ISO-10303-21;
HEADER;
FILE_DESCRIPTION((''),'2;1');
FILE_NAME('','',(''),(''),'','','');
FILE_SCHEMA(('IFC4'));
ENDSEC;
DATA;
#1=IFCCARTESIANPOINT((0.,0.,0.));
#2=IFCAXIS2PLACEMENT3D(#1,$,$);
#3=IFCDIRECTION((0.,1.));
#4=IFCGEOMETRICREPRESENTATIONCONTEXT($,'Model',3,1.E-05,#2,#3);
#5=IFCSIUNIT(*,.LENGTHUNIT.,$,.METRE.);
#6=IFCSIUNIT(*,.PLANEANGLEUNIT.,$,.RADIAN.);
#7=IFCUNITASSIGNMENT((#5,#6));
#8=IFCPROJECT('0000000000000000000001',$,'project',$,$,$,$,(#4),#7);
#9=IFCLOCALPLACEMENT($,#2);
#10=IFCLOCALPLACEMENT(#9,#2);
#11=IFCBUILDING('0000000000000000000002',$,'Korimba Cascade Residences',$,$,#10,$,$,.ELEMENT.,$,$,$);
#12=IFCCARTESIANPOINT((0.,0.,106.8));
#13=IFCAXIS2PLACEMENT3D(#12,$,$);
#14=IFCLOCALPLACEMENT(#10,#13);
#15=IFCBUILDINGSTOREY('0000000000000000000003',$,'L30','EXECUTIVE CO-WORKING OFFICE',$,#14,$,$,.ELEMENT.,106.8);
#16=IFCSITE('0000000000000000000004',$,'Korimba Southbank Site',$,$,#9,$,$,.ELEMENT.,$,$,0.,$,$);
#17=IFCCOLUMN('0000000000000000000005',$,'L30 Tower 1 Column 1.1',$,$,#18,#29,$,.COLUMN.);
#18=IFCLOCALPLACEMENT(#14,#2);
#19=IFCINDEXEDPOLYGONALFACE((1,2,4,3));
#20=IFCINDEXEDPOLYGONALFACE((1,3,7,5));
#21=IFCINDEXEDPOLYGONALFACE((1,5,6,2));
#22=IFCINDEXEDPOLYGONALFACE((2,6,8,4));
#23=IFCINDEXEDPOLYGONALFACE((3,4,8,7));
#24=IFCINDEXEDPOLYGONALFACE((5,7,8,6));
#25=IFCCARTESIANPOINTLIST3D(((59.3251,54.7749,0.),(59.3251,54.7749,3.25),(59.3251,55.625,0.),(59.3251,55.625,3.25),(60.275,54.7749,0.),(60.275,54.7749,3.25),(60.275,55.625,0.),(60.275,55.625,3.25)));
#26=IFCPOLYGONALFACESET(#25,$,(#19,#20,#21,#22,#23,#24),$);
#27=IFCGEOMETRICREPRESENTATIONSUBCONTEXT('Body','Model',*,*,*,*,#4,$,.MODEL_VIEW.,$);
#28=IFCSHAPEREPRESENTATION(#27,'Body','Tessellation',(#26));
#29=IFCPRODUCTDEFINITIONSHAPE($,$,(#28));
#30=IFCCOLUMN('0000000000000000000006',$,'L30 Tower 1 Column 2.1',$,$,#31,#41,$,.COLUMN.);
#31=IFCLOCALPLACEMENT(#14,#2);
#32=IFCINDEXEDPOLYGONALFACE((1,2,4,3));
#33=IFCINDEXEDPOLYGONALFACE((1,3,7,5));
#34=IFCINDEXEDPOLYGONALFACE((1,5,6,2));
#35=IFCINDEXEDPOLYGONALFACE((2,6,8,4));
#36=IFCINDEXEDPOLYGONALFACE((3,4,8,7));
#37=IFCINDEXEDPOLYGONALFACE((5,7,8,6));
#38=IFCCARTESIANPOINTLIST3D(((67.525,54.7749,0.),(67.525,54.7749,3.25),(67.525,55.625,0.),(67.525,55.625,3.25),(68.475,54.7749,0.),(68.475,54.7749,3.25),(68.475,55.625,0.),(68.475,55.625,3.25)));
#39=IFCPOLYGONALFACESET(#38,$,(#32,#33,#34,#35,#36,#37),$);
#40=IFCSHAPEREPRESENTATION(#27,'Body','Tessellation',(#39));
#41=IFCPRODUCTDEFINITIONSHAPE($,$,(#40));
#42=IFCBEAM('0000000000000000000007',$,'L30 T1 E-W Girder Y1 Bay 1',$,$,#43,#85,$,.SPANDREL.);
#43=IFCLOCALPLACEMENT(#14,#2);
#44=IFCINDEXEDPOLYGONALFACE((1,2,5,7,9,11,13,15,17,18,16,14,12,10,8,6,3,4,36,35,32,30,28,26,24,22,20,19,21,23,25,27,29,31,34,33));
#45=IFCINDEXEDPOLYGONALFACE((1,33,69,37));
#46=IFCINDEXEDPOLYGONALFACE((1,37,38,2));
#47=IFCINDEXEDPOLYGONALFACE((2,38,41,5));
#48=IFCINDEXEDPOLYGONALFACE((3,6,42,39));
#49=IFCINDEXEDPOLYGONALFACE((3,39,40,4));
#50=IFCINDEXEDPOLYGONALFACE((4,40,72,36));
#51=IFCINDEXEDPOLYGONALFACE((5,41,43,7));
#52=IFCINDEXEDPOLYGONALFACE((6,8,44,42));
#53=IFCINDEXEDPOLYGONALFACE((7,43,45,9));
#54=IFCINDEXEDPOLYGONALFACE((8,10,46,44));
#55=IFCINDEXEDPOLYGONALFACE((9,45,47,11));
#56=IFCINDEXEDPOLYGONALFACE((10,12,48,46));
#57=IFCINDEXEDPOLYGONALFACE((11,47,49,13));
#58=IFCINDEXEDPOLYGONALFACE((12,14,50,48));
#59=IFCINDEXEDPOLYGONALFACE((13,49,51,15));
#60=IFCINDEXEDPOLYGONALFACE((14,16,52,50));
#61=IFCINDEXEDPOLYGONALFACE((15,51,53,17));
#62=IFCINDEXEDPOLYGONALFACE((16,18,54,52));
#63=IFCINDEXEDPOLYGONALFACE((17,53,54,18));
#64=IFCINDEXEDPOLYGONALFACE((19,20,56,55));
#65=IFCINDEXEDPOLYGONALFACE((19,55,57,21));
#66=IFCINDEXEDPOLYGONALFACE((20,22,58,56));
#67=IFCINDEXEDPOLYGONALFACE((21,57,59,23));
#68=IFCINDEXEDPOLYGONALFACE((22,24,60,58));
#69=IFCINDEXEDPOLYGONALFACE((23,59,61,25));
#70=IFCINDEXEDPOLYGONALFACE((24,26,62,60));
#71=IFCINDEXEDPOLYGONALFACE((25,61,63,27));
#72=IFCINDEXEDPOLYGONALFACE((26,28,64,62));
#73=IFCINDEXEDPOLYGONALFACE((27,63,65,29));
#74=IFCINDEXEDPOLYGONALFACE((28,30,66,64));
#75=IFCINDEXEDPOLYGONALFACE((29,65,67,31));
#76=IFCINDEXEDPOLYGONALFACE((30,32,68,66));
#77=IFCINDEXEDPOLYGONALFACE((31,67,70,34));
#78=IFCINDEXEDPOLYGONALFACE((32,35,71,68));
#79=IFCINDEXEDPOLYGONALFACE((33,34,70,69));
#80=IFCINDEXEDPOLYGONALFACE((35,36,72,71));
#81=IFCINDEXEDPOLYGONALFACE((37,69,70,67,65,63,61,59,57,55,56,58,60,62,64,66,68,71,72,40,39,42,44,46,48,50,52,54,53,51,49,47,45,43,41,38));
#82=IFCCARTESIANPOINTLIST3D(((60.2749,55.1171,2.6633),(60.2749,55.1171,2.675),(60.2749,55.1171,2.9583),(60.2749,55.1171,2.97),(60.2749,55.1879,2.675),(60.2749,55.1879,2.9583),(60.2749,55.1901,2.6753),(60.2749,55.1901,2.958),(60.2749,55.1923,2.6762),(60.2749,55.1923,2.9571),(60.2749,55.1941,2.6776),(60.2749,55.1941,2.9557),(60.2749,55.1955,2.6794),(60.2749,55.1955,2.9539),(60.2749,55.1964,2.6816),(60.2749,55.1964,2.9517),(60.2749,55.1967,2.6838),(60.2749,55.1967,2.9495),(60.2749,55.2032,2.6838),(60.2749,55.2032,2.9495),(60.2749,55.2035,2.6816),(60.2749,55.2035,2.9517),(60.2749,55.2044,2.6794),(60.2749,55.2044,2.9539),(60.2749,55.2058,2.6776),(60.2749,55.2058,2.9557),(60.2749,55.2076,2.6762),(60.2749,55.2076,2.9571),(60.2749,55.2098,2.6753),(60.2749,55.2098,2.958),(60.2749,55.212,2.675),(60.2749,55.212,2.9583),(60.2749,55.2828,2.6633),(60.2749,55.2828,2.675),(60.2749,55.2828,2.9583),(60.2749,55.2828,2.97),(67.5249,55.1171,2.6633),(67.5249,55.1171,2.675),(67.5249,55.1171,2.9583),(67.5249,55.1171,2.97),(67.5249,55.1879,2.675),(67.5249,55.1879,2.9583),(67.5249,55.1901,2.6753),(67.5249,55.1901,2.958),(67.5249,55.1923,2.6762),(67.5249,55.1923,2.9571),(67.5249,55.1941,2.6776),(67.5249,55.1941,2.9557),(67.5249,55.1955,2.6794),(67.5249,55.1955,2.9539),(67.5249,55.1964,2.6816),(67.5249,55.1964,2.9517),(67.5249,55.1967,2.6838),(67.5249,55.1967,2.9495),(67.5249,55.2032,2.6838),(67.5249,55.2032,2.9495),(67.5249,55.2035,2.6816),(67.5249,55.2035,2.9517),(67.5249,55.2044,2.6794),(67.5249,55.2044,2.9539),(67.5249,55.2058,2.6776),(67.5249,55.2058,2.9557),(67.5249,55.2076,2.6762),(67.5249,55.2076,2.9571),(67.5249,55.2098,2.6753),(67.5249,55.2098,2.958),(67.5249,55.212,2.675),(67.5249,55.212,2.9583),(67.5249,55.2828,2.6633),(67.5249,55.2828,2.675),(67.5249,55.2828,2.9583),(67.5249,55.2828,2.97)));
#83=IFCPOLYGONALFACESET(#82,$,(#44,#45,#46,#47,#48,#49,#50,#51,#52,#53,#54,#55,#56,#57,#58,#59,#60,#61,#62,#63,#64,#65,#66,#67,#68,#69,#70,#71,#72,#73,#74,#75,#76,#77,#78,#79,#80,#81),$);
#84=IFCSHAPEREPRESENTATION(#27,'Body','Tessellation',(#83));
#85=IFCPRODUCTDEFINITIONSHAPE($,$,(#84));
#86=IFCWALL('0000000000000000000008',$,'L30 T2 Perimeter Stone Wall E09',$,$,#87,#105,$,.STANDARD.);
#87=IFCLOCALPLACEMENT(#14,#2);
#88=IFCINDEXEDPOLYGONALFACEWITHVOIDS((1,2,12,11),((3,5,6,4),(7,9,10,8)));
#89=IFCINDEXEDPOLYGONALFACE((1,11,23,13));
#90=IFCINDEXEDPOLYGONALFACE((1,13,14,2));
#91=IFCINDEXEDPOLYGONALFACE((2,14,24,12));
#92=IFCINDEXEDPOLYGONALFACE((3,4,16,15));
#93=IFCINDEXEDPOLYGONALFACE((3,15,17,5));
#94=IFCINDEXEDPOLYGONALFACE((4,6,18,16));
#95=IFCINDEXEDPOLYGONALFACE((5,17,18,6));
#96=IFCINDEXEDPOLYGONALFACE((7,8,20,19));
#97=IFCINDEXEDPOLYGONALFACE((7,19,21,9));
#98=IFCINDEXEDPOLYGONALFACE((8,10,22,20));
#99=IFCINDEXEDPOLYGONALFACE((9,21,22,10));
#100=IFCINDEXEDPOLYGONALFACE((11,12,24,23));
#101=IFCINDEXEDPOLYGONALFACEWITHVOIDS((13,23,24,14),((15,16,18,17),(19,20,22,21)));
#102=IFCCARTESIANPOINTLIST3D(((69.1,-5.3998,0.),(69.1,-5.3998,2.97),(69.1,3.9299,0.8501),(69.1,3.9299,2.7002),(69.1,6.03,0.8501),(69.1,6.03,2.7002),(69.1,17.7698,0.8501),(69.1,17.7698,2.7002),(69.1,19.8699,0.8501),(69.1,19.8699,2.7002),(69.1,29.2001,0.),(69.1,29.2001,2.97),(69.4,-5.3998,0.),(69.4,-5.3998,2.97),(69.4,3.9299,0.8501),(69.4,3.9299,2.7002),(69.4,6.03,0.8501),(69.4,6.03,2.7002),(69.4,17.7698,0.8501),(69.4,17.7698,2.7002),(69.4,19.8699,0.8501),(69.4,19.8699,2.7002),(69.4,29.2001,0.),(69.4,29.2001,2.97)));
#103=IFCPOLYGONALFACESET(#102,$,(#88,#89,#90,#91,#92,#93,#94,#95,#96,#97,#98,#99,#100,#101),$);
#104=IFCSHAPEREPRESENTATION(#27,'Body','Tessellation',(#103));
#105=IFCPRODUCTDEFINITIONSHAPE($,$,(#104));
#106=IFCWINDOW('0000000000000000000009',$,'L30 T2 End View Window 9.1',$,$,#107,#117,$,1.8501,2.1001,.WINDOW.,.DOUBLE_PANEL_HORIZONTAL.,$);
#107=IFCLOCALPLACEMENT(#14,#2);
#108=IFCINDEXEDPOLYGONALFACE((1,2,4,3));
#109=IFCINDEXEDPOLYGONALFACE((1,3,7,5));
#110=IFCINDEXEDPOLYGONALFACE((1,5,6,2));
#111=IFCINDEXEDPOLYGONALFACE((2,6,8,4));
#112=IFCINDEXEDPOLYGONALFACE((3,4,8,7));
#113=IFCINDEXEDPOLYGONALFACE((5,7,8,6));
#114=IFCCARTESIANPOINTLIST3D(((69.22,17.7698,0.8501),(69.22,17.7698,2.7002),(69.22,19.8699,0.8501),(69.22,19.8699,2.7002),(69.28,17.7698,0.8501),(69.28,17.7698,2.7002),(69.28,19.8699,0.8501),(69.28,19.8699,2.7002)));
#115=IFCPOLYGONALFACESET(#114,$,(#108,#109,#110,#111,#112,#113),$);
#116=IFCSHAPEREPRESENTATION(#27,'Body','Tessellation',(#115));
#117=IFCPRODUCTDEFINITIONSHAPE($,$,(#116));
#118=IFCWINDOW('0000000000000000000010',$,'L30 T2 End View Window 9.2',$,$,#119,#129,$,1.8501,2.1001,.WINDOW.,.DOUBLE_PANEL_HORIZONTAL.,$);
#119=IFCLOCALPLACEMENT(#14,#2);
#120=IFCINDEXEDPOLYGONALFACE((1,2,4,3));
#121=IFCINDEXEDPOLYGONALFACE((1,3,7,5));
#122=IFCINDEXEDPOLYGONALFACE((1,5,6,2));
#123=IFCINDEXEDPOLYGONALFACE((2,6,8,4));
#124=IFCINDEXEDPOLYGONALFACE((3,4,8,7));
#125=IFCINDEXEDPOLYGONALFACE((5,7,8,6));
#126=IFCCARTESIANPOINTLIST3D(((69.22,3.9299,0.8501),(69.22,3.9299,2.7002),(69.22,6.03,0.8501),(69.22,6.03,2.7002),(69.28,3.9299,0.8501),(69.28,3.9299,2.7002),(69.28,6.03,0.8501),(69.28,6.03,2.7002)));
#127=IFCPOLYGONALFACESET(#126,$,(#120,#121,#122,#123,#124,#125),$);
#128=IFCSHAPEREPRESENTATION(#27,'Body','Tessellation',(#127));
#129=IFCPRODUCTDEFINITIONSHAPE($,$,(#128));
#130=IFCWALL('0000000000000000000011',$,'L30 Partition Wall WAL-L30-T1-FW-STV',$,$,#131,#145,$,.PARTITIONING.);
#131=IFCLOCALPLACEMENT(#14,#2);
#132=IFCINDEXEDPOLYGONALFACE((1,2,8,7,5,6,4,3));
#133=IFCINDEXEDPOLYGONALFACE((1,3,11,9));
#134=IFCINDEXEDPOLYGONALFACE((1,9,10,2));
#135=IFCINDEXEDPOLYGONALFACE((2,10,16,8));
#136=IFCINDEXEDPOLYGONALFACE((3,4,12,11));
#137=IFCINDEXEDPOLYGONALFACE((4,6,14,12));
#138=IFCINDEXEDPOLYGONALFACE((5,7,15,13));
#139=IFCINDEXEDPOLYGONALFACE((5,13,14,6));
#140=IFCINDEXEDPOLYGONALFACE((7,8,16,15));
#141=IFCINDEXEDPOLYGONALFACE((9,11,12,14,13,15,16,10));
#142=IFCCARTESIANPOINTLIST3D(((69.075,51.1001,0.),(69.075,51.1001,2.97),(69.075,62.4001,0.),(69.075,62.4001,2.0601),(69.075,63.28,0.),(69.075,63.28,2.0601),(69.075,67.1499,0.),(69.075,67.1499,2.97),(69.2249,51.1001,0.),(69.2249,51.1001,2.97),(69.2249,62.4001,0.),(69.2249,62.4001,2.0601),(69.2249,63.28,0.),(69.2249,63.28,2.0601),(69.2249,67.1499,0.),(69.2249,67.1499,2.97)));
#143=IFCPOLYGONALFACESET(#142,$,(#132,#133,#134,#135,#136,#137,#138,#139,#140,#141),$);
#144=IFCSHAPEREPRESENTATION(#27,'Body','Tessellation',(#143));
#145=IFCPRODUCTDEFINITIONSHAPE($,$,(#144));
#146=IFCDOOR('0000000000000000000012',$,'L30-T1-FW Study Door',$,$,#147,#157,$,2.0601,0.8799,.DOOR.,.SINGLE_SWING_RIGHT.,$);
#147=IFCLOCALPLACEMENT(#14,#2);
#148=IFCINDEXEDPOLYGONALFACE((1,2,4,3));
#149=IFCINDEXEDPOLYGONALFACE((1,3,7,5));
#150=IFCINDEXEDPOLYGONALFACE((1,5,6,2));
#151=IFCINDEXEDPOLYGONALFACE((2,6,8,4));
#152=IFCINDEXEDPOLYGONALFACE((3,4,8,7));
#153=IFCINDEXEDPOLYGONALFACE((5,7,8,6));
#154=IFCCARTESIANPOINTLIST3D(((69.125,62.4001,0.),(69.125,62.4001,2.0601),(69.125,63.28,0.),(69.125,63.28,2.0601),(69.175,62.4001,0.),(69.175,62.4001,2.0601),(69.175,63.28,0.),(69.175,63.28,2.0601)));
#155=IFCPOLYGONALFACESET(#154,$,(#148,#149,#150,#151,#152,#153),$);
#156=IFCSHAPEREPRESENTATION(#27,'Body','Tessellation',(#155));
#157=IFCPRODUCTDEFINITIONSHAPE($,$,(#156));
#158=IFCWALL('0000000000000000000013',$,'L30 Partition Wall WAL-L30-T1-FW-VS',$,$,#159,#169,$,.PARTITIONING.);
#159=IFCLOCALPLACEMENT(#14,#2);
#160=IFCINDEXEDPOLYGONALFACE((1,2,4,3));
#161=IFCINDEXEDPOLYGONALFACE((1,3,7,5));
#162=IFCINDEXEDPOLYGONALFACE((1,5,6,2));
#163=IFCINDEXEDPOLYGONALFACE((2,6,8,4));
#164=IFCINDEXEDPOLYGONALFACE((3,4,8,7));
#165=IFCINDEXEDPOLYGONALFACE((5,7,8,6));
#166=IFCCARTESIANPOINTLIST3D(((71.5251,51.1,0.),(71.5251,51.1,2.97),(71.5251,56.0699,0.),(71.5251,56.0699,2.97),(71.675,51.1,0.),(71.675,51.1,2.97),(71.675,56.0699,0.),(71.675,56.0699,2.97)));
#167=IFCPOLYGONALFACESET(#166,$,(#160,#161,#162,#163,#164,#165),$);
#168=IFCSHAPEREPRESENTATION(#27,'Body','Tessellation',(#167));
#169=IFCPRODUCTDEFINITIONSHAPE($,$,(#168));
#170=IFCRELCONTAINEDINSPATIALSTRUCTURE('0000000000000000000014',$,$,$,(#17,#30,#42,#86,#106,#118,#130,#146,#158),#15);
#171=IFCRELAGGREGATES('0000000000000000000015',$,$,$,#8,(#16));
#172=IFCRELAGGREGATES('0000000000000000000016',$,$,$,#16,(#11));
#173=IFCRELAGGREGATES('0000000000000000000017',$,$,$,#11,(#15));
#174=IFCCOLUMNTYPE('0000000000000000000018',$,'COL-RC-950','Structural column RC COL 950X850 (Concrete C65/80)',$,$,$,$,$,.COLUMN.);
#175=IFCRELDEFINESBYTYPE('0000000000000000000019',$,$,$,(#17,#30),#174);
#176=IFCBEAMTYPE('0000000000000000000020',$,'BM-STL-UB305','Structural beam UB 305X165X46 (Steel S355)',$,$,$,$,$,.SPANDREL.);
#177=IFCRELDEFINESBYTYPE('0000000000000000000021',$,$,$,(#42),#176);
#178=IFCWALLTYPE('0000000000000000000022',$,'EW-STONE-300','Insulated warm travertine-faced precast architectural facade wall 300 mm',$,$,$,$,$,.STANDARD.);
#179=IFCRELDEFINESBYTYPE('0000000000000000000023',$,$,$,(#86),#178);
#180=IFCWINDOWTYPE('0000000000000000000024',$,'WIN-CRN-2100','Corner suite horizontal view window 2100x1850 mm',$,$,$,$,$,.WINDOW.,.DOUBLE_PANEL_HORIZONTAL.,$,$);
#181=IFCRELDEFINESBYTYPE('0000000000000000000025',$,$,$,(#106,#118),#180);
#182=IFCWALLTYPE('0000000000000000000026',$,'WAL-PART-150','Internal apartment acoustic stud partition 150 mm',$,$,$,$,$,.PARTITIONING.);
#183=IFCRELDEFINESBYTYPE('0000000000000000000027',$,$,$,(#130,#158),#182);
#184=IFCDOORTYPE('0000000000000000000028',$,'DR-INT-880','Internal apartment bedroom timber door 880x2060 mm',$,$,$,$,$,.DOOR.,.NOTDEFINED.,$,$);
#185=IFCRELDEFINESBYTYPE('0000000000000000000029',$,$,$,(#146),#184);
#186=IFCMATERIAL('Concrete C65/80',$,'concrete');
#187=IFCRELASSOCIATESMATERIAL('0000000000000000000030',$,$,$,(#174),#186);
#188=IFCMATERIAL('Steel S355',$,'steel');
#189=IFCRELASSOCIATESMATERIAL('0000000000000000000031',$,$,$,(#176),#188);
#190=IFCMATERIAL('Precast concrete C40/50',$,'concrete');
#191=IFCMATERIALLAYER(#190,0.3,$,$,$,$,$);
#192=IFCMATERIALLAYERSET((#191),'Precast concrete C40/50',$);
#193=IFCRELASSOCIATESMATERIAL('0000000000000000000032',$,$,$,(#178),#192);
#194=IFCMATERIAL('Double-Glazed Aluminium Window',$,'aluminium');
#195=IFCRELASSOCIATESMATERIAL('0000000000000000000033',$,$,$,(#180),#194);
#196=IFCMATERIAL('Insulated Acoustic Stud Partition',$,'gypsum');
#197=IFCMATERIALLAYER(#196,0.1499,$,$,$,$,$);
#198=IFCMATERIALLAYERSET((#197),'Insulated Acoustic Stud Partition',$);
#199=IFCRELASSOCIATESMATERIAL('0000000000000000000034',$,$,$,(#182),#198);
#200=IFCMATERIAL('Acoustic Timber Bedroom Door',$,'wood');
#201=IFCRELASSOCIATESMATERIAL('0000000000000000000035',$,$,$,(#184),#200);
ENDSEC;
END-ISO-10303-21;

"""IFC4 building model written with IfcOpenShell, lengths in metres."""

from ifc_helpers import new_model, si_unit, direction, frame, frame_2d, origin, origin_2d, place, context, subcontext, project, spatial, rectangle, i_section, extrude, material, layer, layer_set, material_profile, profile_set, type_object, element, fill, save


model = new_model("IFC4")

# Units and contexts
model_context = context("Model", 3, precision=1e-05, world=origin(), true_north=direction((0.0, 1.0)))
body_context = subcontext(model_context, "Body", "Model", "MODEL_VIEW")
ifc_project = project(units=[si_unit("LENGTHUNIT", "METRE"), si_unit("PLANEANGLEUNIT", "RADIAN")], contexts=[model_context])

# Site, building, storey
site_placement = place(None, origin())
site = spatial("IfcSite", under=ifc_project, at=site_placement, Name="Korimba Southbank Site", CompositionType="ELEMENT", RefElevation=0.0)
building_placement = place(site_placement, origin())
building = spatial("IfcBuilding", under=site, at=building_placement, Name="Korimba Cascade Residences", CompositionType="ELEMENT")
storey_placement = place(building_placement, frame((0.0, 0.0, 106.8)))
storey = spatial("IfcBuildingStorey", under=building, at=storey_placement, Name="L30", Description="EXECUTIVE CO-WORKING OFFICE", CompositionType="ELEMENT", Elevation=106.8)

# Columns
ifc_material_1 = material(Name="Concrete C65/80", Category="concrete")
ifc_material_profile_1 = material_profile(ifc_material_1, rectangle(XDim=0.95, YDim=0.8501, at=origin_2d()), Name="Concrete C65/80")
ifc_profile_set_1 = profile_set([ifc_material_profile_1], Name="Concrete C65/80")
column_type = type_object("IfcColumnType", Name="COL-RC-950", Description="Structural column RC COL 950X850 (Concrete C65/80)", PredefinedType="COLUMN", material=ifc_profile_set_1)
for number, where, z_axis, x_axis, name in (
    (1, (59.8, 55.2, 0.0), (0.0, 0.0, 1.0), (1.0, 0.0, 0.0), "L30 Tower 1 Column 1.1"),
    (2, (68.0, 55.2, 0.0), (0.0, 0.0, 1.0), (1.0, 0.0, 0.0), "L30 Tower 1 Column 2.1"),
):
    element("IfcColumn", number, at=place(storey_placement, frame(where, z_axis=z_axis, x_axis=x_axis)), inside=storey, type_object=column_type, Name=name, PredefinedType="COLUMN", context=body_context, shape_type="SweptSolid", body=[
        extrude(rectangle(XDim=0.95, YDim=0.8501, at=origin_2d()), origin(), (0.0, 0.0, 1.0), 3.25),
    ])

# Beam
ifc_material_2 = material(Name="Steel S355", Category="steel")
ifc_material_profile_2 = material_profile(ifc_material_2, i_section(OverallWidth=0.1658, OverallDepth=0.3066, WebThickness=0.0066, FlangeThickness=0.0117, FilletRadius=0.0088, at=origin_2d()), Name="Steel S355")
ifc_profile_set_2 = profile_set([ifc_material_profile_2], Name="Steel S355")
beam_type = type_object("IfcBeamType", Name="BM-STL-UB305", Description="Structural beam UB 305X165X46 (Steel S355)", PredefinedType="SPANDREL", material=ifc_profile_set_2)
beam_placement = place(storey_placement, frame((60.2749, 55.2, 2.8167), z_axis=(1.0, 0.0, 0.0), x_axis=(0.0, 1.0, 0.0)))
element("IfcBeam", 3, at=beam_placement, inside=storey, type_object=beam_type, Name="L30 T1 E-W Girder Y1 Bay 1", PredefinedType="SPANDREL", context=body_context, shape_type="SweptSolid", body=[
    extrude(i_section(OverallWidth=0.1658, OverallDepth=0.3066, WebThickness=0.0066, FlangeThickness=0.0117, FilletRadius=0.0088, at=origin_2d()), origin(), (0.0, 0.0, 1.0), 7.25),
])

# Wall, openings, windows
ifc_material_3 = material(Name="Precast concrete C40/50", Category="concrete")
ifc_layer_1 = layer(ifc_material_3, 0.3)
ifc_layer_set_1 = layer_set([ifc_layer_1], Name="Precast concrete C40/50")
wall_type_1 = type_object("IfcWallType", Name="EW-STONE-300", Description="Insulated warm travertine-faced precast architectural facade wall 300 mm", PredefinedType="STANDARD", material=ifc_layer_set_1)
wall_1_placement = place(storey_placement, frame((69.25, 29.2, 0.0), z_axis=(0.0, 0.0, 1.0), x_axis=(0.0, -1.0, 0.0)))
wall_1 = element("IfcWall", 4, at=wall_1_placement, inside=storey, type_object=wall_type_1, Name="L30 T2 Perimeter Stone Wall E09", PredefinedType="STANDARD", context=body_context, shape_type="SweptSolid", body=[
    extrude(rectangle(XDim=34.5999, YDim=0.3, at=frame_2d((17.2998, 0.0))), origin(), (0.0, 0.0, 1.0), 2.97),
])
opening_1_placement = place(wall_1_placement, frame((9.3301, 0.0, 0.8501)))
opening_1 = element("IfcOpeningElement", 5, at=opening_1_placement, cuts=wall_1, PredefinedType="OPENING", context=body_context, shape_type="SweptSolid", body=[
    extrude(rectangle(XDim=2.1001, YDim=1.8501, at=frame_2d((1.05, 0.925))), frame((0.0, 0.1602, 0.0), z_axis=(0.0, -1.0, 0.0), x_axis=(1.0, 0.0, 0.0)), (0.0, 0.0, 1.0), 0.3201),
])
opening_2_placement = place(wall_1_placement, frame((23.1699, 0.0, 0.8501)))
opening_2 = element("IfcOpeningElement", 6, at=opening_2_placement, cuts=wall_1, PredefinedType="OPENING", context=body_context, shape_type="SweptSolid", body=[
    extrude(rectangle(XDim=2.1001, YDim=1.8501, at=frame_2d((1.05, 0.925))), frame((0.0, 0.1602, 0.0), z_axis=(0.0, -1.0, 0.0), x_axis=(1.0, 0.0, 0.0)), (0.0, 0.0, 1.0), 0.3201),
])
ifc_material_4 = material(Name="Double-Glazed Aluminium Window", Category="aluminium")
window_type = type_object("IfcWindowType", Name="WIN-CRN-2100", Description="Corner suite horizontal view window 2100x1850 mm", PartitioningType="DOUBLE_PANEL_HORIZONTAL", PredefinedType="WINDOW", material=ifc_material_4)
window_1_placement = place(opening_1_placement, origin())
window_1 = element("IfcWindow", 7, at=window_1_placement, inside=storey, type_object=window_type, Name="L30 T2 End View Window 9.1", OverallHeight=1.8501, OverallWidth=2.1001, PartitioningType="DOUBLE_PANEL_HORIZONTAL", PredefinedType="WINDOW", context=body_context, shape_type="SweptSolid", body=[
    extrude(rectangle(XDim=2.1001, YDim=1.8501, at=frame_2d((1.05, 0.925))), frame((0.0, 0.03, 0.0), z_axis=(0.0, -1.0, 0.0), x_axis=(1.0, 0.0, 0.0)), (0.0, 0.0, 1.0), 0.0601),
])
fill(opening_1, window_1)
window_2_placement = place(opening_2_placement, origin())
window_2 = element("IfcWindow", 8, at=window_2_placement, inside=storey, type_object=window_type, Name="L30 T2 End View Window 9.2", OverallHeight=1.8501, OverallWidth=2.1001, PartitioningType="DOUBLE_PANEL_HORIZONTAL", PredefinedType="WINDOW", context=body_context, shape_type="SweptSolid", body=[
    extrude(rectangle(XDim=2.1001, YDim=1.8501, at=frame_2d((1.05, 0.925))), frame((0.0, 0.03, 0.0), z_axis=(0.0, -1.0, 0.0), x_axis=(1.0, 0.0, 0.0)), (0.0, 0.0, 1.0), 0.0601),
])
fill(opening_2, window_2)

# Wall, opening, door
ifc_material_5 = material(Name="Insulated Acoustic Stud Partition", Category="gypsum")
ifc_layer_2 = layer(ifc_material_5, 0.1499)
ifc_layer_set_2 = layer_set([ifc_layer_2], Name="Insulated Acoustic Stud Partition")
wall_type_2 = type_object("IfcWallType", Name="WAL-PART-150", Description="Internal apartment acoustic stud partition 150 mm", PredefinedType="PARTITIONING", material=ifc_layer_set_2)
wall_2_placement = place(storey_placement, frame((69.1499, 51.1001, 0.0), z_axis=(0.0, 0.0, 1.0), x_axis=(0.0, 1.0, 0.0)))
wall_2 = element("IfcWall", 9, at=wall_2_placement, inside=storey, type_object=wall_type_2, Name="L30 Partition Wall WAL-L30-T1-FW-STV", PredefinedType="PARTITIONING", context=body_context, shape_type="SweptSolid", body=[
    extrude(rectangle(XDim=16.0498, YDim=0.1499, at=frame_2d((8.0249, 0.0))), origin(), (0.0, 0.0, 1.0), 2.97),
])
opening_3_placement = place(wall_2_placement, frame((11.3, 0.0, 0.0)))
opening_3 = element("IfcOpeningElement", 10, at=opening_3_placement, cuts=wall_2, PredefinedType="OPENING", context=body_context, shape_type="SweptSolid", body=[
    extrude(rectangle(XDim=0.8799, YDim=2.0601, at=frame_2d((0.4399, 1.03))), frame((0.0, 0.085, 0.0), z_axis=(0.0, -1.0, 0.0), x_axis=(1.0, 0.0, 0.0)), (0.0, 0.0, 1.0), 0.1699),
])
ifc_material_6 = material(Name="Acoustic Timber Bedroom Door", Category="wood")
door_type_1 = type_object("IfcDoorType", Name="DR-INT-880", Description="Internal apartment bedroom timber door 880x2060 mm", OperationType="NOTDEFINED", PredefinedType="DOOR", material=ifc_material_6)
door_1_placement = place(opening_3_placement, origin())
door_1 = element("IfcDoor", 11, at=door_1_placement, inside=storey, type_object=door_type_1, Name="L30-T1-FW Study Door", OperationType="SINGLE_SWING_RIGHT", OverallHeight=2.0601, OverallWidth=0.8799, PredefinedType="DOOR", context=body_context, shape_type="SweptSolid", body=[
    extrude(rectangle(XDim=0.8799, YDim=2.0601, at=frame_2d((0.4399, 1.03))), frame((0.0, 0.0249, 0.0), z_axis=(0.0, -1.0, 0.0), x_axis=(1.0, 0.0, 0.0)), (0.0, 0.0, 1.0), 0.05),
])
fill(opening_3, door_1)

# Wall
wall_3_placement = place(storey_placement, frame((71.6001, 51.1001, 0.0), z_axis=(0.0, 0.0, 1.0), x_axis=(0.0, 1.0, 0.0)))
element("IfcWall", 12, at=wall_3_placement, inside=storey, type_object=wall_type_2, Name="L30 Partition Wall WAL-L30-T1-FW-VS", PredefinedType="PARTITIONING", context=body_context, shape_type="SweptSolid", body=[
    extrude(rectangle(XDim=4.97, YDim=0.1499, at=frame_2d((2.4849, 0.0))), origin(), (0.0, 0.0, 1.0), 2.97),
])

save(model, "model.ifc")
